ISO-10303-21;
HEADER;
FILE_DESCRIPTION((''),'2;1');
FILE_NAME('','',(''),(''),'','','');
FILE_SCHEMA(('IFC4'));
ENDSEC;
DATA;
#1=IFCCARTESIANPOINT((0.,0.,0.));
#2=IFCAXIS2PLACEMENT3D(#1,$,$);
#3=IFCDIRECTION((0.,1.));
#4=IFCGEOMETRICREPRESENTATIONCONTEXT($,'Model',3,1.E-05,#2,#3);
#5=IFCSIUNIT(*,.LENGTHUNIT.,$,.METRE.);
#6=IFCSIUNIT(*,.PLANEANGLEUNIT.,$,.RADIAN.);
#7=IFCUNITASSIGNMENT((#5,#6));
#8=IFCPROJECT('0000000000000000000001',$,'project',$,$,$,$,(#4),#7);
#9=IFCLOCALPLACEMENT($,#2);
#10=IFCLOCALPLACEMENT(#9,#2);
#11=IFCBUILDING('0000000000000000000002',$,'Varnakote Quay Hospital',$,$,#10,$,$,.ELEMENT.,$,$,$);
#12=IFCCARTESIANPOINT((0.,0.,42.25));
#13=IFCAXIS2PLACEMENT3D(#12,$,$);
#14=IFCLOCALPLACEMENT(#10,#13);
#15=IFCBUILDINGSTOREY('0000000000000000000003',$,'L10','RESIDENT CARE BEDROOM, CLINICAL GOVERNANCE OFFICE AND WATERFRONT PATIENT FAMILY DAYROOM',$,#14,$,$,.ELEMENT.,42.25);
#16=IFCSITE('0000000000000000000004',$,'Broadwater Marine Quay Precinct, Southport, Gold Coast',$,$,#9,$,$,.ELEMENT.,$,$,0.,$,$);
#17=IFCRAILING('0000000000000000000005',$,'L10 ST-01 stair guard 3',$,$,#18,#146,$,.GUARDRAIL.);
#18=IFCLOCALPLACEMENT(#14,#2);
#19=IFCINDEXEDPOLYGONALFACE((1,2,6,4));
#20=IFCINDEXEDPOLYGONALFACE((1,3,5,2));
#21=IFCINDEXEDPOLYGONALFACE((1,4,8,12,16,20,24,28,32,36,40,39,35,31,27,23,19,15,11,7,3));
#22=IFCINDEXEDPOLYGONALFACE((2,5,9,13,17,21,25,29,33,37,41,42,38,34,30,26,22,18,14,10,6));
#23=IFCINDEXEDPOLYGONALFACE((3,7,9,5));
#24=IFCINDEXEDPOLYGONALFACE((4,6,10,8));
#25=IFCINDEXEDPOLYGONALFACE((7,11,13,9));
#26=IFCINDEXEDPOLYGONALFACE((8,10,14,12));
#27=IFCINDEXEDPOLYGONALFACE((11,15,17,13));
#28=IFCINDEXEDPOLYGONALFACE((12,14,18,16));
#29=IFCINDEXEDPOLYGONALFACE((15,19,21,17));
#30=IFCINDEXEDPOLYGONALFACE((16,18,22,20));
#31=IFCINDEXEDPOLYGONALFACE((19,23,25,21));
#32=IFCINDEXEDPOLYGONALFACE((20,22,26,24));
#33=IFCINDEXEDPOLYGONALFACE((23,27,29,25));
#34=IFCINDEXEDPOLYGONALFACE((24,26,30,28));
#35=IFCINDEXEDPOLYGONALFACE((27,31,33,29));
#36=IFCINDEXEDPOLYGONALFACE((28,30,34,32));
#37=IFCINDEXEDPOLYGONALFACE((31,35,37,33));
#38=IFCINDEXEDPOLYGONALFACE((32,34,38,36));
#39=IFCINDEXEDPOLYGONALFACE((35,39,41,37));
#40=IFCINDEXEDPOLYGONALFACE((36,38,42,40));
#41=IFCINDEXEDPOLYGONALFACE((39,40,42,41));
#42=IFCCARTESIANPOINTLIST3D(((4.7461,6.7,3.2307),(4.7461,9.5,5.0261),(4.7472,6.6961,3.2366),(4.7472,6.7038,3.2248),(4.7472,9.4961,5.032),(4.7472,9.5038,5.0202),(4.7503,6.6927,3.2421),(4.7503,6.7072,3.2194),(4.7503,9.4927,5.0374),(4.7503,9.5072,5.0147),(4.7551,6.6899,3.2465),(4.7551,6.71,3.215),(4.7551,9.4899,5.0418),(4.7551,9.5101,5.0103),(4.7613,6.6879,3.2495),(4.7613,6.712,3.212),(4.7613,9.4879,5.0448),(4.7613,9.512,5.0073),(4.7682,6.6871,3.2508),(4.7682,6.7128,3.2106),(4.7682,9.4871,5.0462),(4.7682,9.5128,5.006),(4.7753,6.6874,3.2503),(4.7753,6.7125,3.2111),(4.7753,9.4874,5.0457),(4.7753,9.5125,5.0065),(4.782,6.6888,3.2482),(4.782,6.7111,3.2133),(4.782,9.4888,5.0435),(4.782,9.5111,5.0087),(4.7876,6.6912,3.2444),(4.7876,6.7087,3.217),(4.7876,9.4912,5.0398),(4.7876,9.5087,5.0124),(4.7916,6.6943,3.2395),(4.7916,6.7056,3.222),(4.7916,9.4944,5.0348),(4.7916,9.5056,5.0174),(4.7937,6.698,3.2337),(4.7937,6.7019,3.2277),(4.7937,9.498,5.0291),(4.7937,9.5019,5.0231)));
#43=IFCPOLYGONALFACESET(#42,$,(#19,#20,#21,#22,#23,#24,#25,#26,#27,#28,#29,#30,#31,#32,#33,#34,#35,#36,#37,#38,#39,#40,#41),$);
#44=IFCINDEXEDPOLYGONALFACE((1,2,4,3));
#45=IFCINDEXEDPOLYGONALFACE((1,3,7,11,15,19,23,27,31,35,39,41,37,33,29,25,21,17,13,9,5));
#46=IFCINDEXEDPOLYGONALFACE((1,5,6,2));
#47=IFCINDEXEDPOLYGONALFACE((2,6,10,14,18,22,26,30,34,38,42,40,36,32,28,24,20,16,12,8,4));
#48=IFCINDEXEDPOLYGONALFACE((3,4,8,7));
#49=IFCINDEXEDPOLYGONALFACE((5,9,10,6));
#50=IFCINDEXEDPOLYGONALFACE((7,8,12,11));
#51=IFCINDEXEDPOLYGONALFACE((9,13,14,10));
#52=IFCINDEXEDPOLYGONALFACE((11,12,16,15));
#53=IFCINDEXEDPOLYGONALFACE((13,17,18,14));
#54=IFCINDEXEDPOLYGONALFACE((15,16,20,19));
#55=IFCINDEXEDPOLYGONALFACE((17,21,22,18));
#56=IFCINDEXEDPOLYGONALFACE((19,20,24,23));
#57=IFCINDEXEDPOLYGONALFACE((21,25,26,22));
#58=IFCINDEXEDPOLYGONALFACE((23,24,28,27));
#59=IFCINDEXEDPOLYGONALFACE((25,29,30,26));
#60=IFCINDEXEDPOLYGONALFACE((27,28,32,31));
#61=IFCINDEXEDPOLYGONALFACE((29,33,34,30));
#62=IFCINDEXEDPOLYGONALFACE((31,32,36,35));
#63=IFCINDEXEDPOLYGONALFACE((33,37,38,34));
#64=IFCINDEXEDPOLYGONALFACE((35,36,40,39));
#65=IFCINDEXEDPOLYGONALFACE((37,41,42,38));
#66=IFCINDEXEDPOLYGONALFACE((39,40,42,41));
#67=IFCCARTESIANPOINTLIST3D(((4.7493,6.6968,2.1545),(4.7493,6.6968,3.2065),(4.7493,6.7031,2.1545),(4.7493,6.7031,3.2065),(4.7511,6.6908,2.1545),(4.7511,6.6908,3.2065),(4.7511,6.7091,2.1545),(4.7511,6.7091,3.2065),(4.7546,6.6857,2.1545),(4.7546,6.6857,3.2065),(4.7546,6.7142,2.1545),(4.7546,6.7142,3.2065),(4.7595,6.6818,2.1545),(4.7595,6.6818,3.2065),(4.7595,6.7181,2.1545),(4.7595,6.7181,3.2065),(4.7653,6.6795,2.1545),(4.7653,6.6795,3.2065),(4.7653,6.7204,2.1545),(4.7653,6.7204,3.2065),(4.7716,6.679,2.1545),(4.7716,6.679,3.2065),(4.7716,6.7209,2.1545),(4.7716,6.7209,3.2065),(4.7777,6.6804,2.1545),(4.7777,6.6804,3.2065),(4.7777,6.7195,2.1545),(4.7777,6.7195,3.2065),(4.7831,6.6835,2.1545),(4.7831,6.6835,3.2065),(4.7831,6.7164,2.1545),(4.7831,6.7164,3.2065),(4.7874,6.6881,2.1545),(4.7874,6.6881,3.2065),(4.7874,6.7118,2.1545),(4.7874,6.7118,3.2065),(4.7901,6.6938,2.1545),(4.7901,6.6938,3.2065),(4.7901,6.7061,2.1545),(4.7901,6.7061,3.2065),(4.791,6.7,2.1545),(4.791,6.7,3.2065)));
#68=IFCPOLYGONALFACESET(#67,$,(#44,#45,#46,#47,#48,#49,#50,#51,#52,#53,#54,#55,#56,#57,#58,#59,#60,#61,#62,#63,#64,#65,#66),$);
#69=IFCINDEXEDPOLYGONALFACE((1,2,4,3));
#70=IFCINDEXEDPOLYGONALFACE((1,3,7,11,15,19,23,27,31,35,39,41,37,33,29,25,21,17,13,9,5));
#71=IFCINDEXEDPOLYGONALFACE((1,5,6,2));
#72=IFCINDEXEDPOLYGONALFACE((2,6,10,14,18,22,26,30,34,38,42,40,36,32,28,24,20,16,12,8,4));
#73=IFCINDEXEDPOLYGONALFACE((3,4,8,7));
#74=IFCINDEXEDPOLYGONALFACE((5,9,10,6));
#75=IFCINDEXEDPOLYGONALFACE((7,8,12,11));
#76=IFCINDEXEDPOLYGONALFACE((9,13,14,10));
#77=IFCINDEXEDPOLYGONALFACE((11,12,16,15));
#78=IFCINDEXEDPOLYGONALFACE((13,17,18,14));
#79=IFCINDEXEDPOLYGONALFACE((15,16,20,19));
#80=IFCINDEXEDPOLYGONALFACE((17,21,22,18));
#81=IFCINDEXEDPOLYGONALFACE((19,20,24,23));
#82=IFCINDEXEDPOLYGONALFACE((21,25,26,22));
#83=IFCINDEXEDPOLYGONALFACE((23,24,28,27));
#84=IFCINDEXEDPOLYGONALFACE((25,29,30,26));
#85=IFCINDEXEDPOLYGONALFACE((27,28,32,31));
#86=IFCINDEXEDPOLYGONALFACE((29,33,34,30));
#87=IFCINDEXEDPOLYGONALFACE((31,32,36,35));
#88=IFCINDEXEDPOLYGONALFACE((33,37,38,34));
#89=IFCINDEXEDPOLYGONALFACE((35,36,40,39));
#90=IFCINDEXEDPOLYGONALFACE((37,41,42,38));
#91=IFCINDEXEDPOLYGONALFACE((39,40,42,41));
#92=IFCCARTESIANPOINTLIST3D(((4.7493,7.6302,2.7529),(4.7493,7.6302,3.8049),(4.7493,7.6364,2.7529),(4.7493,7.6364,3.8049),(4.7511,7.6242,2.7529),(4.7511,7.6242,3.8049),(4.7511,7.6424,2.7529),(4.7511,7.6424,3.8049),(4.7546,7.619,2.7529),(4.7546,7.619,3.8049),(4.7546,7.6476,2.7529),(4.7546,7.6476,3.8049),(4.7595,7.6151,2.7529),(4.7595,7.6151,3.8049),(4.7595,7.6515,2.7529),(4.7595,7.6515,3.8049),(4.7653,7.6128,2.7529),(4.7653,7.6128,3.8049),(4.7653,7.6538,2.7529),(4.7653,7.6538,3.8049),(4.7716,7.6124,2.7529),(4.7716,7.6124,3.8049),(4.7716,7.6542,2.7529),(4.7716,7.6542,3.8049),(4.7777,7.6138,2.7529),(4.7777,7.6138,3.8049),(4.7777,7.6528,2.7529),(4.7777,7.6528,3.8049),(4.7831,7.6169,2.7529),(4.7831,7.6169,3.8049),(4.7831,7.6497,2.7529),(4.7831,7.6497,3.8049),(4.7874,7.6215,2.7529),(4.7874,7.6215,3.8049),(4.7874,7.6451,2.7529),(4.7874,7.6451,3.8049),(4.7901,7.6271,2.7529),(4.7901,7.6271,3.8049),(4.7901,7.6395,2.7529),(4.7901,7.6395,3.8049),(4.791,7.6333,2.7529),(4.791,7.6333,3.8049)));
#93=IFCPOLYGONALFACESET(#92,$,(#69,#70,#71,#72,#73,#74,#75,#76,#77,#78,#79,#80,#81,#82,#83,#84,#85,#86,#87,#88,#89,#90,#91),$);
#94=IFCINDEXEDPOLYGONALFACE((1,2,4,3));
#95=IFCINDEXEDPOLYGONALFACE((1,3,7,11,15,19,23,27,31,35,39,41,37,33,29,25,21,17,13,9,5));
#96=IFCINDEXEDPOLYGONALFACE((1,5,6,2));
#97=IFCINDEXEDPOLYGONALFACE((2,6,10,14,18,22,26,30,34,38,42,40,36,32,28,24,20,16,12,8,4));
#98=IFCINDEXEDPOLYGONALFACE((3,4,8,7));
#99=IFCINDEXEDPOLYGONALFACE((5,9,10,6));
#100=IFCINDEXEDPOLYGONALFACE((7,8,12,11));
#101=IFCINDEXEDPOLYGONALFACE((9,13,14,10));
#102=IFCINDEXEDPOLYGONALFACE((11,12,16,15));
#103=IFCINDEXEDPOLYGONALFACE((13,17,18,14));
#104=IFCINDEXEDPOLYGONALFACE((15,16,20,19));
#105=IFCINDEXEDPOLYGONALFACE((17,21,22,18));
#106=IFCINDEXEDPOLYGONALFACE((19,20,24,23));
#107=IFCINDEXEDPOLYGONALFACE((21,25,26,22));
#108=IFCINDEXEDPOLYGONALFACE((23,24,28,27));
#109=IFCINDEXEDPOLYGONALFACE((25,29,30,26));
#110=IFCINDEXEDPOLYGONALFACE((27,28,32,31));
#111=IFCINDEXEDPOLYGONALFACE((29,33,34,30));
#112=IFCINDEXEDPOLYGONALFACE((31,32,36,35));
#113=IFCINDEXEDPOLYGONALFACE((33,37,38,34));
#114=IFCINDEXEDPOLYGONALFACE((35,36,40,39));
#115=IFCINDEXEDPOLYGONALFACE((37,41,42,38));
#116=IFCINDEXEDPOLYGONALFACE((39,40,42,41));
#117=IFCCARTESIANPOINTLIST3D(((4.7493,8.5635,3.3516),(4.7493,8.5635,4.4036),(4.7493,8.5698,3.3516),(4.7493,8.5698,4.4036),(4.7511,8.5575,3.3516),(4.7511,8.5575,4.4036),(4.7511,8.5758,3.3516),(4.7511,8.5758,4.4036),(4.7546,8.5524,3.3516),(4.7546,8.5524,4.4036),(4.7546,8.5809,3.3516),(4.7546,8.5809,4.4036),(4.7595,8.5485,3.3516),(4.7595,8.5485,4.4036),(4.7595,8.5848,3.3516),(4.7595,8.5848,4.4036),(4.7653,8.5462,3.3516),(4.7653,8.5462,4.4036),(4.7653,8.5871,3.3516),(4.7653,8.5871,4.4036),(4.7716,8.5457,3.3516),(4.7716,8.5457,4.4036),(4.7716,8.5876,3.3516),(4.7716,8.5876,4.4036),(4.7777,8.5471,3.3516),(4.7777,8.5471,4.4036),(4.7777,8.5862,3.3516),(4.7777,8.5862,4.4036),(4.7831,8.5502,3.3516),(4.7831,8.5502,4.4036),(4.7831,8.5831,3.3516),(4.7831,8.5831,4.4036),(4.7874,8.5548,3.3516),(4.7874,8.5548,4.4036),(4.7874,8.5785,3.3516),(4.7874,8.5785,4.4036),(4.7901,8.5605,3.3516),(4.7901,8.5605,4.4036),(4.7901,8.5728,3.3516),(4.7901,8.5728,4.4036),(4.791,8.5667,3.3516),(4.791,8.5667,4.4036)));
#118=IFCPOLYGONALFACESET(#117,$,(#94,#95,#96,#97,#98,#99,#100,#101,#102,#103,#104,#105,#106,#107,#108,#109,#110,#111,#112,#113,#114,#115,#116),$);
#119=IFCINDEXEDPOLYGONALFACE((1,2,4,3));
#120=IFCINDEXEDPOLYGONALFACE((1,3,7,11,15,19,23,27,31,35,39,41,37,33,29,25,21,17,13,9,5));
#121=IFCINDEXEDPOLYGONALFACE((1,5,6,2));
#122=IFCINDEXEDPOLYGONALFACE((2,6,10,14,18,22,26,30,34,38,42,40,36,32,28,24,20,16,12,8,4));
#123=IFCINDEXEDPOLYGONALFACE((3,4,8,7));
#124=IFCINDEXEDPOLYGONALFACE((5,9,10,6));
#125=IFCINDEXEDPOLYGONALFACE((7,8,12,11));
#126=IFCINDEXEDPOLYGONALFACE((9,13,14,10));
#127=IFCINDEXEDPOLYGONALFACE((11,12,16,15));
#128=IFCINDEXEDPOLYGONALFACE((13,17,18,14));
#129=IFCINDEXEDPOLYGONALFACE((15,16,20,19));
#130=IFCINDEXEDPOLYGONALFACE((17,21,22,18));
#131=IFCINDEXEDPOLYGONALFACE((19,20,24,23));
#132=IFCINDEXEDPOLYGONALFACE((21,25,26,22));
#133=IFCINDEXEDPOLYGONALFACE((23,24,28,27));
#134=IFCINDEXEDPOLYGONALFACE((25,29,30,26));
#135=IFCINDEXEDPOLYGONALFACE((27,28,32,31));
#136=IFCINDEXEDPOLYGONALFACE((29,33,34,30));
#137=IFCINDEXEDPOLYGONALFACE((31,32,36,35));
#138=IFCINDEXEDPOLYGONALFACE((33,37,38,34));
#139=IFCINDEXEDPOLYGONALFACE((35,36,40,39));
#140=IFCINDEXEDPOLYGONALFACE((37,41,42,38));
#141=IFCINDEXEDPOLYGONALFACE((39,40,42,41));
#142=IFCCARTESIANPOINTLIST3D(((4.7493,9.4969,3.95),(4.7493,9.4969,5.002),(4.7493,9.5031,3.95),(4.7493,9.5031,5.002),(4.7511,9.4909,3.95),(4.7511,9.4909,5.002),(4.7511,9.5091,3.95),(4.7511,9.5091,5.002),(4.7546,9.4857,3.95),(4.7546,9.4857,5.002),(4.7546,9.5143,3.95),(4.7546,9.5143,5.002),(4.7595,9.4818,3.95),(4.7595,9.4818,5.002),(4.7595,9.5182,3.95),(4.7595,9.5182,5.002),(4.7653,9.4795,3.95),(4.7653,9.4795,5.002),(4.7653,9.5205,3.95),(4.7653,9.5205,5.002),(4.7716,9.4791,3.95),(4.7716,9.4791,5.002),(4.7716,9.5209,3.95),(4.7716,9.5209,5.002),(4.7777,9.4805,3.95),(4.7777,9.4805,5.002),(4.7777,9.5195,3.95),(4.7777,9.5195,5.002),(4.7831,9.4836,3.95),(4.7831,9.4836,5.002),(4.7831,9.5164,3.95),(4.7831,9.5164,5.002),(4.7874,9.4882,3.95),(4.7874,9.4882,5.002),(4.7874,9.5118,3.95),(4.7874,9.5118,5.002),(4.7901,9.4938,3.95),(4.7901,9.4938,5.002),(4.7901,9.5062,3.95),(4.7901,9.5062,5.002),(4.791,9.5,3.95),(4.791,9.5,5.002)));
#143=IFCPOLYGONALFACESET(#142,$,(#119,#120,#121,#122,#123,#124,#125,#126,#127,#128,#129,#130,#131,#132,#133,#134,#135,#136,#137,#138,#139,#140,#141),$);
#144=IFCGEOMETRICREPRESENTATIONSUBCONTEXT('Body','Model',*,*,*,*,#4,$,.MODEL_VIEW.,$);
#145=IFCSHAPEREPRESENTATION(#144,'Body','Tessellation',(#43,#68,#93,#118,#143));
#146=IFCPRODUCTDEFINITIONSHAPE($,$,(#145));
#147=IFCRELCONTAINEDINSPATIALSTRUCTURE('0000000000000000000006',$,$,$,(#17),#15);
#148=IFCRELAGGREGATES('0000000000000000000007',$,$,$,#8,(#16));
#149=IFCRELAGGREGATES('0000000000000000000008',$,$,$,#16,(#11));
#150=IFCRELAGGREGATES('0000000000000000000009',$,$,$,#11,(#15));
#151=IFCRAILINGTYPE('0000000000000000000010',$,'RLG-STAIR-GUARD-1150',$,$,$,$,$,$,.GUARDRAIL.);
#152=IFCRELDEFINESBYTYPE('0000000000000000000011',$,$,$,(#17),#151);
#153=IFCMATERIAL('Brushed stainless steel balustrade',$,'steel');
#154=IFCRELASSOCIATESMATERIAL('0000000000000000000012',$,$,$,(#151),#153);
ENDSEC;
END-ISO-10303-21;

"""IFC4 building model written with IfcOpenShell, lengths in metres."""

from ifc_helpers import new_model, si_unit, direction, frame, origin, origin_2d, place, context, subcontext, project, spatial, circle, extrude, material, type_object, element, save


model = new_model("IFC4")

# Units and contexts
model_context = context("Model", 3, precision=1e-05, world=origin(), true_north=direction((0.0, 1.0)))
body_context = subcontext(model_context, "Body", "Model", "MODEL_VIEW")
ifc_project = project(units=[si_unit("LENGTHUNIT", "METRE"), si_unit("PLANEANGLEUNIT", "RADIAN")], contexts=[model_context])

# Site, building, storey
site_placement = place(None, origin())
site = spatial("IfcSite", under=ifc_project, at=site_placement, Name="Broadwater Marine Quay Precinct, Southport, Gold Coast", CompositionType="ELEMENT", RefElevation=0.0)
building_placement = place(site_placement, origin())
building = spatial("IfcBuilding", under=site, at=building_placement, Name="Varnakote Quay Hospital", CompositionType="ELEMENT")
storey_placement = place(building_placement, frame((0.0, 0.0, 42.25)))
storey = spatial("IfcBuildingStorey", under=building, at=storey_placement, Name="L10", Description="RESIDENT CARE BEDROOM, CLINICAL GOVERNANCE OFFICE AND WATERFRONT PATIENT FAMILY DAYROOM", CompositionType="ELEMENT", Elevation=42.25)

# Railing
ifc_material_1 = material(Name="Brushed stainless steel balustrade", Category="steel")
railing_type_1 = type_object("IfcRailingType", Name="RLG-STAIR-GUARD-1150", PredefinedType="GUARDRAIL", material=ifc_material_1)
railing_1_placement = place(storey_placement, frame((4.77, 6.7, 2.1545)))
element("IfcRailing", 1, at=railing_1_placement, inside=storey, type_object=railing_type_1, Name="L10 ST-01 stair guard 3", PredefinedType="GUARDRAIL", context=body_context, shape_type="SweptSolid", body=[
    extrude(circle(Radius=0.0239, at=origin_2d()), frame((0.0, 0.0, 1.0762), z_axis=(0.0, 0.84181, 0.539774), x_axis=(-1.0, 0.0, 0.0)), (0.0, 0.0, 1.0), 3.3262),
    extrude(circle(Radius=0.021, at=origin_2d()), origin(), (0.0, 0.0, 1.0), 1.052),
    extrude(circle(Radius=0.021, at=origin_2d()), frame((0.0, 0.9333, 0.5984)), (0.0, 0.0, 1.0), 1.052),
    extrude(circle(Radius=0.021, at=origin_2d()), frame((0.0, 1.8667, 1.197)), (0.0, 0.0, 1.0), 1.052),
    extrude(circle(Radius=0.021, at=origin_2d()), frame((0.0, 2.8, 1.7954)), (0.0, 0.0, 1.0), 1.052),
])

save(model, "model.ifc")
